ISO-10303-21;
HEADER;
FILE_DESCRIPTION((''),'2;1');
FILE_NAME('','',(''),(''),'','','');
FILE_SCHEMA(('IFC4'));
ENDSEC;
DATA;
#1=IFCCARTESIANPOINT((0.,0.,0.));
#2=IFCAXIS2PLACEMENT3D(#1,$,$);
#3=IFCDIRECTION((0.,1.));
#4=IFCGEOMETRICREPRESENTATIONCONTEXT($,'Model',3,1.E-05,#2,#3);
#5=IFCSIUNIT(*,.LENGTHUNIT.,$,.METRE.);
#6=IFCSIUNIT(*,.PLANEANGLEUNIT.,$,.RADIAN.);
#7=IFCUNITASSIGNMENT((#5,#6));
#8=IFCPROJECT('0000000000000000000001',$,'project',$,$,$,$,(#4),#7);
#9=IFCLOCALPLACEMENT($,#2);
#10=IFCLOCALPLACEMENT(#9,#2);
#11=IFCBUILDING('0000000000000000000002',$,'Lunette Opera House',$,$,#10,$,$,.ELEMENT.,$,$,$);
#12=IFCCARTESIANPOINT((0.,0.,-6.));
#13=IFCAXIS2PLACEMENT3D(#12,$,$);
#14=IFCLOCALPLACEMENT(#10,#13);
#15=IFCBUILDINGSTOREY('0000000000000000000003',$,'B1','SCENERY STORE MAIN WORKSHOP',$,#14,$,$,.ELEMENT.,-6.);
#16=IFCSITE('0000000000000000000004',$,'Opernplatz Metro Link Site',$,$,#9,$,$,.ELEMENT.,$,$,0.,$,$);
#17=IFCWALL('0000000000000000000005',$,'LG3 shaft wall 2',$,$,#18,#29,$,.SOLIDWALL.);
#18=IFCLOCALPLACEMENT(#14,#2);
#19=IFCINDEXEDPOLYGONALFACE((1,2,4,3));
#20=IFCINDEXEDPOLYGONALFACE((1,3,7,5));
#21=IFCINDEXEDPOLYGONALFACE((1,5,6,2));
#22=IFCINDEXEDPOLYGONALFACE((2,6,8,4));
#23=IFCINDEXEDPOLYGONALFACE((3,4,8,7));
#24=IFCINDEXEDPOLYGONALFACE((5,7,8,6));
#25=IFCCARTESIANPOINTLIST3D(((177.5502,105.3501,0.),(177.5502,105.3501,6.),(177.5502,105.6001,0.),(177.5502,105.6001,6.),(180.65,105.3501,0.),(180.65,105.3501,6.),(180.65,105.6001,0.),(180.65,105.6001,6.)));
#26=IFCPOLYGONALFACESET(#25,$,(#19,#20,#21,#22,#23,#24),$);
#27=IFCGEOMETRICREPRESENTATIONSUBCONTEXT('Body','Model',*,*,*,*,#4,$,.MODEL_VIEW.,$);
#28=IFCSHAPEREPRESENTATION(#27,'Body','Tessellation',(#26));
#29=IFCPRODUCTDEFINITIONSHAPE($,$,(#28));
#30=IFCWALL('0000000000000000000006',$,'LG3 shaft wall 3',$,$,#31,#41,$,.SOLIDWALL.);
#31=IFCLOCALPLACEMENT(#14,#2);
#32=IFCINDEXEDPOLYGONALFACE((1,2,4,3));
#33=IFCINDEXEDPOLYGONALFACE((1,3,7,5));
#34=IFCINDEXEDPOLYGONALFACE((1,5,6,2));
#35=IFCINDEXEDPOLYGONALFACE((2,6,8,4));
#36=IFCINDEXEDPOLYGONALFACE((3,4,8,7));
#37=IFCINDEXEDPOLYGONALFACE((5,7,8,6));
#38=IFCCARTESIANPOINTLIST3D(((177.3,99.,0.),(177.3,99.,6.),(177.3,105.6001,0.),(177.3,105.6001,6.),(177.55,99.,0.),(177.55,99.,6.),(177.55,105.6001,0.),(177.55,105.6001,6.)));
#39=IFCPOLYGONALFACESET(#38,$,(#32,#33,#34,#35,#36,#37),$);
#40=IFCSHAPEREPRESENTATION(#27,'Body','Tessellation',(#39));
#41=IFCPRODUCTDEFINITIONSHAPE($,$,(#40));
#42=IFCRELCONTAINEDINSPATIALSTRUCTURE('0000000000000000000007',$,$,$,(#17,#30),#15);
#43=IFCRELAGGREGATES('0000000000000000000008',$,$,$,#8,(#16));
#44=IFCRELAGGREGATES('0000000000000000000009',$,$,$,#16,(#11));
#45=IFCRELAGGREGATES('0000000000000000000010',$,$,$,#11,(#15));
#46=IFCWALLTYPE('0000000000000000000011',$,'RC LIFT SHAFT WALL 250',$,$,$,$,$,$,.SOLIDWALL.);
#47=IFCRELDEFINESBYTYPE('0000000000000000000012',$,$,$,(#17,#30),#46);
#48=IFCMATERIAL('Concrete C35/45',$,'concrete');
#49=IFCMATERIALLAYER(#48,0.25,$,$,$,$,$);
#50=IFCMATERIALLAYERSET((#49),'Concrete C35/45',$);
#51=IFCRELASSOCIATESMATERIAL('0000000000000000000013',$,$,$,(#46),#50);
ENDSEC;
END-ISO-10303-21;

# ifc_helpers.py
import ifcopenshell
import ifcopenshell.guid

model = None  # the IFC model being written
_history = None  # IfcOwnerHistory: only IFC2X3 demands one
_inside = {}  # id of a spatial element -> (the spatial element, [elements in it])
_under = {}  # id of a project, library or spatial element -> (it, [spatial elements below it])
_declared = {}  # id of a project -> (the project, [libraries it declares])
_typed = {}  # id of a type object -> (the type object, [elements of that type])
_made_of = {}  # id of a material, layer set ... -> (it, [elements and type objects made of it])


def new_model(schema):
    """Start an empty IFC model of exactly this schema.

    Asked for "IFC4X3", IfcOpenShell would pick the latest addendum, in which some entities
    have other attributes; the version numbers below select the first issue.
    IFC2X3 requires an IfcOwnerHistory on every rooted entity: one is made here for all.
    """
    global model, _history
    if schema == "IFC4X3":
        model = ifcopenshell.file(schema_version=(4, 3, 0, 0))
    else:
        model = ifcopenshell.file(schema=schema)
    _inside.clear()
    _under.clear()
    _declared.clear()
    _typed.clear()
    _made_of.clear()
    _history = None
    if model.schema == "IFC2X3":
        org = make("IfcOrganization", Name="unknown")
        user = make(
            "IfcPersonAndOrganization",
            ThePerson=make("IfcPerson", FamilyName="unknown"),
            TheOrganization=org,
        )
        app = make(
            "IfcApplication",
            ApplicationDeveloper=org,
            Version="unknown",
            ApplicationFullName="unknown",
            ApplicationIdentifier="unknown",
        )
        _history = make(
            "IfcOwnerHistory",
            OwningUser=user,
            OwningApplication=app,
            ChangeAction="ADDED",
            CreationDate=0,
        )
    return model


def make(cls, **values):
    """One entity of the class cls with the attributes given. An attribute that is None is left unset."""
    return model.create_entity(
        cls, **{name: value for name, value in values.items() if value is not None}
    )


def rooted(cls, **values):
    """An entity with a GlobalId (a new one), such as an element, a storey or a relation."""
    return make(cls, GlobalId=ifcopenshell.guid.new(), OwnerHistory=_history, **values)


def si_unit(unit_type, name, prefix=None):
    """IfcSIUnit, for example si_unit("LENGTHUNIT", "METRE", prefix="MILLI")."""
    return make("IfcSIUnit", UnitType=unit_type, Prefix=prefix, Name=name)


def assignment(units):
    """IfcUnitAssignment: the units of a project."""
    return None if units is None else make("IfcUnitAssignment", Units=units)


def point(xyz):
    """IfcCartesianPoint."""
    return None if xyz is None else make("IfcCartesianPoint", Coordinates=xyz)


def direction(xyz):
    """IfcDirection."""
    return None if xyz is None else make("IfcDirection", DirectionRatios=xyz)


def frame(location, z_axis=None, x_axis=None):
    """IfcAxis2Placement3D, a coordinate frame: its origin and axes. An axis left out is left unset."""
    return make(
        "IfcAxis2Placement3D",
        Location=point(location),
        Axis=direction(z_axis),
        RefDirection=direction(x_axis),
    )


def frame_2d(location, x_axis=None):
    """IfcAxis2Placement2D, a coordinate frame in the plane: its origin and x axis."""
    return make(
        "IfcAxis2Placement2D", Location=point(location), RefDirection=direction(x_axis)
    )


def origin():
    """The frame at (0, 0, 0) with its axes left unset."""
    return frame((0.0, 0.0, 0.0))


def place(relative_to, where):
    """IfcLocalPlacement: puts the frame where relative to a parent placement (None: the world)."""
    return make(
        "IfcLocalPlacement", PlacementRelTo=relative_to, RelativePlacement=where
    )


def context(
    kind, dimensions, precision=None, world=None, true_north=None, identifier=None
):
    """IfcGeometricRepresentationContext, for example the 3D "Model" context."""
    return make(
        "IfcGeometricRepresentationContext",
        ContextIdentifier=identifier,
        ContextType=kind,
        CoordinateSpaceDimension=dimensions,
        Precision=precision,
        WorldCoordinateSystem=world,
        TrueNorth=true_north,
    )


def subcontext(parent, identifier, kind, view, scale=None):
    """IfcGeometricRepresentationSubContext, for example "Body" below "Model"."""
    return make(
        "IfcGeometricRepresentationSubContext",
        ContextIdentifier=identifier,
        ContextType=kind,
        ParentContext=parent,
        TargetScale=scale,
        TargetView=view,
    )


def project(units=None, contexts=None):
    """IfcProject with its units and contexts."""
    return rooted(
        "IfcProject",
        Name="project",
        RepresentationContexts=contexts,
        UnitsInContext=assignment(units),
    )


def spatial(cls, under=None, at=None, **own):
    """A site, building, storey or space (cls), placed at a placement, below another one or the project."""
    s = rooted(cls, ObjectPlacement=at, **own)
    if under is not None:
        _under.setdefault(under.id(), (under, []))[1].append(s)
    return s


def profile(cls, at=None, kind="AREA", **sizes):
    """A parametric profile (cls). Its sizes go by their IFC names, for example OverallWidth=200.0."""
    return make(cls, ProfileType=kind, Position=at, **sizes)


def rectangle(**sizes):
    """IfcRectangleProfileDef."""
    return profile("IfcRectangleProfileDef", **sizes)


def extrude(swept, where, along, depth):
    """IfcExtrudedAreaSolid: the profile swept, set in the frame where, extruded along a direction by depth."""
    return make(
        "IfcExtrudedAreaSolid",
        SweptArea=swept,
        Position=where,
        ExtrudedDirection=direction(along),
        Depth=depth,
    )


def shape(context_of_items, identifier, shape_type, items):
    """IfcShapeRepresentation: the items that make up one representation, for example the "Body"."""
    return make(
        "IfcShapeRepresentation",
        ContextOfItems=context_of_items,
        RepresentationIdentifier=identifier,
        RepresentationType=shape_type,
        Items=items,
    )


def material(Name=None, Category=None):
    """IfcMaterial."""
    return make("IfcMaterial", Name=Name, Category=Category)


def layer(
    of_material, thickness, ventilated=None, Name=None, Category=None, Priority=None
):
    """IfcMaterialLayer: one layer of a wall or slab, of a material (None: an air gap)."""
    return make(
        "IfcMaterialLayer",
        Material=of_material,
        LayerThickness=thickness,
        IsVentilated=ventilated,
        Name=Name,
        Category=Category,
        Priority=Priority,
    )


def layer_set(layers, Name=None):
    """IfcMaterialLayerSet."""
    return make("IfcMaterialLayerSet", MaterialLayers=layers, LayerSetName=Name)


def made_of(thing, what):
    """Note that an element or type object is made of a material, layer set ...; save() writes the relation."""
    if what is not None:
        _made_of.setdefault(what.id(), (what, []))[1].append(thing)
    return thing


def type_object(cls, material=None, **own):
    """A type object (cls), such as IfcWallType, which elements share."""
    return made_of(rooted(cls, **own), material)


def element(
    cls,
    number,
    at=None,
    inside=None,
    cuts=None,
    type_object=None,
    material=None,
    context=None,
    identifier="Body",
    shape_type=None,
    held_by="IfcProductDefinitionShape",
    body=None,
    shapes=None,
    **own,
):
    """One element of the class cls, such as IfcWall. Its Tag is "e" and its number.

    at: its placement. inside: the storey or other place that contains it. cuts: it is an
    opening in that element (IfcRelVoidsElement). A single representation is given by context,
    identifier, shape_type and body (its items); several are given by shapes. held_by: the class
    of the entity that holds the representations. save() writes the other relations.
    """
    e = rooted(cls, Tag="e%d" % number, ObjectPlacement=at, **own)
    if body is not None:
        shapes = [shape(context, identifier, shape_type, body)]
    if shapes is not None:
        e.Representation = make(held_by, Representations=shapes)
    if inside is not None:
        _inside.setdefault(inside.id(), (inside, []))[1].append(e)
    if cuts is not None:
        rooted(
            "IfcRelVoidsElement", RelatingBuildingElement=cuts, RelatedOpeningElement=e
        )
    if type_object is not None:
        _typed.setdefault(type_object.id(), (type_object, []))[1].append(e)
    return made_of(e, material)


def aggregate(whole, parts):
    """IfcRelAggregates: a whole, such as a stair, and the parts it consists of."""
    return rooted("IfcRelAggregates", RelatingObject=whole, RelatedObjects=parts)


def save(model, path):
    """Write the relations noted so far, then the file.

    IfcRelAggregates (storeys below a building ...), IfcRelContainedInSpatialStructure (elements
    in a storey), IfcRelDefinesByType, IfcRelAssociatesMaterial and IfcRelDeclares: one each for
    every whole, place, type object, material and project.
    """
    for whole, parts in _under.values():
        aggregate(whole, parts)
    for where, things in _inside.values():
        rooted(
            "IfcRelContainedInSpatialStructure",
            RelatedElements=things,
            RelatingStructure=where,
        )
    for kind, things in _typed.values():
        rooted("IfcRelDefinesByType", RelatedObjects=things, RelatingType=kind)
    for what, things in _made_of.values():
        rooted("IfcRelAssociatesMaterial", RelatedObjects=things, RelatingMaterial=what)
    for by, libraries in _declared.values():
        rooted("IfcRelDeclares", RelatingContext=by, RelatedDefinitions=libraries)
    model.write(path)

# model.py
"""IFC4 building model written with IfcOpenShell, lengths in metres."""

from ifc_helpers import new_model, si_unit, direction, frame, frame_2d, origin, place, context, subcontext, project, spatial, rectangle, extrude, material, layer, layer_set, type_object, element, save


model = new_model("IFC4")

# Units and contexts
model_context = context("Model", 3, precision=1e-05, world=origin(), true_north=direction((0.0, 1.0)))
body_context = subcontext(model_context, "Body", "Model", "MODEL_VIEW")
ifc_project = project(units=[si_unit("LENGTHUNIT", "METRE"), si_unit("PLANEANGLEUNIT", "RADIAN")], contexts=[model_context])

# Site, building, storey
site_placement = place(None, origin())
site = spatial("IfcSite", under=ifc_project, at=site_placement, Name="Opernplatz Metro Link Site", CompositionType="ELEMENT", RefElevation=0.0)
building_placement = place(site_placement, origin())
building = spatial("IfcBuilding", under=site, at=building_placement, Name="Lunette Opera House", CompositionType="ELEMENT")
storey_placement = place(building_placement, frame((0.0, 0.0, -6.0)))
storey = spatial("IfcBuildingStorey", under=building, at=storey_placement, Name="B1", Description="SCENERY STORE MAIN WORKSHOP", CompositionType="ELEMENT", Elevation=-6.0)

# Walls
ifc_material_1 = material(Name="Concrete C35/45", Category="concrete")
ifc_layer_1 = layer(ifc_material_1, 0.25)
ifc_layer_set_1 = layer_set([ifc_layer_1], Name="Concrete C35/45")
wall_type_1 = type_object("IfcWallType", Name="RC LIFT SHAFT WALL 250", PredefinedType="SOLIDWALL", material=ifc_layer_set_1)
wall_1_placement = place(storey_placement, frame((180.6499, 105.4751, 0.0), z_axis=(0.0, 0.0, 1.0), x_axis=(-1.0, 0.0, 0.0)))
element("IfcWall", 1, at=wall_1_placement, inside=storey, type_object=wall_type_1, Name="LG3 shaft wall 2", PredefinedType="SOLIDWALL", context=body_context, shape_type="SweptSolid", body=[
    extrude(rectangle(XDim=3.0999, YDim=0.25, at=frame_2d((1.5498, 0.0))), origin(), (0.0, 0.0, 1.0), 6.0),
])
wall_2_placement = place(storey_placement, frame((177.425, 105.6001, 0.0), z_axis=(0.0, 0.0, 1.0), x_axis=(0.0, -1.0, 0.0)))
element("IfcWall", 2, at=wall_2_placement, inside=storey, type_object=wall_type_1, Name="LG3 shaft wall 3", PredefinedType="SOLIDWALL", context=body_context, shape_type="SweptSolid", body=[
    extrude(rectangle(XDim=6.6001, YDim=0.25, at=frame_2d((3.3, 0.0))), origin(), (0.0, 0.0, 1.0), 6.0),
])

save(model, "model.ifc")
